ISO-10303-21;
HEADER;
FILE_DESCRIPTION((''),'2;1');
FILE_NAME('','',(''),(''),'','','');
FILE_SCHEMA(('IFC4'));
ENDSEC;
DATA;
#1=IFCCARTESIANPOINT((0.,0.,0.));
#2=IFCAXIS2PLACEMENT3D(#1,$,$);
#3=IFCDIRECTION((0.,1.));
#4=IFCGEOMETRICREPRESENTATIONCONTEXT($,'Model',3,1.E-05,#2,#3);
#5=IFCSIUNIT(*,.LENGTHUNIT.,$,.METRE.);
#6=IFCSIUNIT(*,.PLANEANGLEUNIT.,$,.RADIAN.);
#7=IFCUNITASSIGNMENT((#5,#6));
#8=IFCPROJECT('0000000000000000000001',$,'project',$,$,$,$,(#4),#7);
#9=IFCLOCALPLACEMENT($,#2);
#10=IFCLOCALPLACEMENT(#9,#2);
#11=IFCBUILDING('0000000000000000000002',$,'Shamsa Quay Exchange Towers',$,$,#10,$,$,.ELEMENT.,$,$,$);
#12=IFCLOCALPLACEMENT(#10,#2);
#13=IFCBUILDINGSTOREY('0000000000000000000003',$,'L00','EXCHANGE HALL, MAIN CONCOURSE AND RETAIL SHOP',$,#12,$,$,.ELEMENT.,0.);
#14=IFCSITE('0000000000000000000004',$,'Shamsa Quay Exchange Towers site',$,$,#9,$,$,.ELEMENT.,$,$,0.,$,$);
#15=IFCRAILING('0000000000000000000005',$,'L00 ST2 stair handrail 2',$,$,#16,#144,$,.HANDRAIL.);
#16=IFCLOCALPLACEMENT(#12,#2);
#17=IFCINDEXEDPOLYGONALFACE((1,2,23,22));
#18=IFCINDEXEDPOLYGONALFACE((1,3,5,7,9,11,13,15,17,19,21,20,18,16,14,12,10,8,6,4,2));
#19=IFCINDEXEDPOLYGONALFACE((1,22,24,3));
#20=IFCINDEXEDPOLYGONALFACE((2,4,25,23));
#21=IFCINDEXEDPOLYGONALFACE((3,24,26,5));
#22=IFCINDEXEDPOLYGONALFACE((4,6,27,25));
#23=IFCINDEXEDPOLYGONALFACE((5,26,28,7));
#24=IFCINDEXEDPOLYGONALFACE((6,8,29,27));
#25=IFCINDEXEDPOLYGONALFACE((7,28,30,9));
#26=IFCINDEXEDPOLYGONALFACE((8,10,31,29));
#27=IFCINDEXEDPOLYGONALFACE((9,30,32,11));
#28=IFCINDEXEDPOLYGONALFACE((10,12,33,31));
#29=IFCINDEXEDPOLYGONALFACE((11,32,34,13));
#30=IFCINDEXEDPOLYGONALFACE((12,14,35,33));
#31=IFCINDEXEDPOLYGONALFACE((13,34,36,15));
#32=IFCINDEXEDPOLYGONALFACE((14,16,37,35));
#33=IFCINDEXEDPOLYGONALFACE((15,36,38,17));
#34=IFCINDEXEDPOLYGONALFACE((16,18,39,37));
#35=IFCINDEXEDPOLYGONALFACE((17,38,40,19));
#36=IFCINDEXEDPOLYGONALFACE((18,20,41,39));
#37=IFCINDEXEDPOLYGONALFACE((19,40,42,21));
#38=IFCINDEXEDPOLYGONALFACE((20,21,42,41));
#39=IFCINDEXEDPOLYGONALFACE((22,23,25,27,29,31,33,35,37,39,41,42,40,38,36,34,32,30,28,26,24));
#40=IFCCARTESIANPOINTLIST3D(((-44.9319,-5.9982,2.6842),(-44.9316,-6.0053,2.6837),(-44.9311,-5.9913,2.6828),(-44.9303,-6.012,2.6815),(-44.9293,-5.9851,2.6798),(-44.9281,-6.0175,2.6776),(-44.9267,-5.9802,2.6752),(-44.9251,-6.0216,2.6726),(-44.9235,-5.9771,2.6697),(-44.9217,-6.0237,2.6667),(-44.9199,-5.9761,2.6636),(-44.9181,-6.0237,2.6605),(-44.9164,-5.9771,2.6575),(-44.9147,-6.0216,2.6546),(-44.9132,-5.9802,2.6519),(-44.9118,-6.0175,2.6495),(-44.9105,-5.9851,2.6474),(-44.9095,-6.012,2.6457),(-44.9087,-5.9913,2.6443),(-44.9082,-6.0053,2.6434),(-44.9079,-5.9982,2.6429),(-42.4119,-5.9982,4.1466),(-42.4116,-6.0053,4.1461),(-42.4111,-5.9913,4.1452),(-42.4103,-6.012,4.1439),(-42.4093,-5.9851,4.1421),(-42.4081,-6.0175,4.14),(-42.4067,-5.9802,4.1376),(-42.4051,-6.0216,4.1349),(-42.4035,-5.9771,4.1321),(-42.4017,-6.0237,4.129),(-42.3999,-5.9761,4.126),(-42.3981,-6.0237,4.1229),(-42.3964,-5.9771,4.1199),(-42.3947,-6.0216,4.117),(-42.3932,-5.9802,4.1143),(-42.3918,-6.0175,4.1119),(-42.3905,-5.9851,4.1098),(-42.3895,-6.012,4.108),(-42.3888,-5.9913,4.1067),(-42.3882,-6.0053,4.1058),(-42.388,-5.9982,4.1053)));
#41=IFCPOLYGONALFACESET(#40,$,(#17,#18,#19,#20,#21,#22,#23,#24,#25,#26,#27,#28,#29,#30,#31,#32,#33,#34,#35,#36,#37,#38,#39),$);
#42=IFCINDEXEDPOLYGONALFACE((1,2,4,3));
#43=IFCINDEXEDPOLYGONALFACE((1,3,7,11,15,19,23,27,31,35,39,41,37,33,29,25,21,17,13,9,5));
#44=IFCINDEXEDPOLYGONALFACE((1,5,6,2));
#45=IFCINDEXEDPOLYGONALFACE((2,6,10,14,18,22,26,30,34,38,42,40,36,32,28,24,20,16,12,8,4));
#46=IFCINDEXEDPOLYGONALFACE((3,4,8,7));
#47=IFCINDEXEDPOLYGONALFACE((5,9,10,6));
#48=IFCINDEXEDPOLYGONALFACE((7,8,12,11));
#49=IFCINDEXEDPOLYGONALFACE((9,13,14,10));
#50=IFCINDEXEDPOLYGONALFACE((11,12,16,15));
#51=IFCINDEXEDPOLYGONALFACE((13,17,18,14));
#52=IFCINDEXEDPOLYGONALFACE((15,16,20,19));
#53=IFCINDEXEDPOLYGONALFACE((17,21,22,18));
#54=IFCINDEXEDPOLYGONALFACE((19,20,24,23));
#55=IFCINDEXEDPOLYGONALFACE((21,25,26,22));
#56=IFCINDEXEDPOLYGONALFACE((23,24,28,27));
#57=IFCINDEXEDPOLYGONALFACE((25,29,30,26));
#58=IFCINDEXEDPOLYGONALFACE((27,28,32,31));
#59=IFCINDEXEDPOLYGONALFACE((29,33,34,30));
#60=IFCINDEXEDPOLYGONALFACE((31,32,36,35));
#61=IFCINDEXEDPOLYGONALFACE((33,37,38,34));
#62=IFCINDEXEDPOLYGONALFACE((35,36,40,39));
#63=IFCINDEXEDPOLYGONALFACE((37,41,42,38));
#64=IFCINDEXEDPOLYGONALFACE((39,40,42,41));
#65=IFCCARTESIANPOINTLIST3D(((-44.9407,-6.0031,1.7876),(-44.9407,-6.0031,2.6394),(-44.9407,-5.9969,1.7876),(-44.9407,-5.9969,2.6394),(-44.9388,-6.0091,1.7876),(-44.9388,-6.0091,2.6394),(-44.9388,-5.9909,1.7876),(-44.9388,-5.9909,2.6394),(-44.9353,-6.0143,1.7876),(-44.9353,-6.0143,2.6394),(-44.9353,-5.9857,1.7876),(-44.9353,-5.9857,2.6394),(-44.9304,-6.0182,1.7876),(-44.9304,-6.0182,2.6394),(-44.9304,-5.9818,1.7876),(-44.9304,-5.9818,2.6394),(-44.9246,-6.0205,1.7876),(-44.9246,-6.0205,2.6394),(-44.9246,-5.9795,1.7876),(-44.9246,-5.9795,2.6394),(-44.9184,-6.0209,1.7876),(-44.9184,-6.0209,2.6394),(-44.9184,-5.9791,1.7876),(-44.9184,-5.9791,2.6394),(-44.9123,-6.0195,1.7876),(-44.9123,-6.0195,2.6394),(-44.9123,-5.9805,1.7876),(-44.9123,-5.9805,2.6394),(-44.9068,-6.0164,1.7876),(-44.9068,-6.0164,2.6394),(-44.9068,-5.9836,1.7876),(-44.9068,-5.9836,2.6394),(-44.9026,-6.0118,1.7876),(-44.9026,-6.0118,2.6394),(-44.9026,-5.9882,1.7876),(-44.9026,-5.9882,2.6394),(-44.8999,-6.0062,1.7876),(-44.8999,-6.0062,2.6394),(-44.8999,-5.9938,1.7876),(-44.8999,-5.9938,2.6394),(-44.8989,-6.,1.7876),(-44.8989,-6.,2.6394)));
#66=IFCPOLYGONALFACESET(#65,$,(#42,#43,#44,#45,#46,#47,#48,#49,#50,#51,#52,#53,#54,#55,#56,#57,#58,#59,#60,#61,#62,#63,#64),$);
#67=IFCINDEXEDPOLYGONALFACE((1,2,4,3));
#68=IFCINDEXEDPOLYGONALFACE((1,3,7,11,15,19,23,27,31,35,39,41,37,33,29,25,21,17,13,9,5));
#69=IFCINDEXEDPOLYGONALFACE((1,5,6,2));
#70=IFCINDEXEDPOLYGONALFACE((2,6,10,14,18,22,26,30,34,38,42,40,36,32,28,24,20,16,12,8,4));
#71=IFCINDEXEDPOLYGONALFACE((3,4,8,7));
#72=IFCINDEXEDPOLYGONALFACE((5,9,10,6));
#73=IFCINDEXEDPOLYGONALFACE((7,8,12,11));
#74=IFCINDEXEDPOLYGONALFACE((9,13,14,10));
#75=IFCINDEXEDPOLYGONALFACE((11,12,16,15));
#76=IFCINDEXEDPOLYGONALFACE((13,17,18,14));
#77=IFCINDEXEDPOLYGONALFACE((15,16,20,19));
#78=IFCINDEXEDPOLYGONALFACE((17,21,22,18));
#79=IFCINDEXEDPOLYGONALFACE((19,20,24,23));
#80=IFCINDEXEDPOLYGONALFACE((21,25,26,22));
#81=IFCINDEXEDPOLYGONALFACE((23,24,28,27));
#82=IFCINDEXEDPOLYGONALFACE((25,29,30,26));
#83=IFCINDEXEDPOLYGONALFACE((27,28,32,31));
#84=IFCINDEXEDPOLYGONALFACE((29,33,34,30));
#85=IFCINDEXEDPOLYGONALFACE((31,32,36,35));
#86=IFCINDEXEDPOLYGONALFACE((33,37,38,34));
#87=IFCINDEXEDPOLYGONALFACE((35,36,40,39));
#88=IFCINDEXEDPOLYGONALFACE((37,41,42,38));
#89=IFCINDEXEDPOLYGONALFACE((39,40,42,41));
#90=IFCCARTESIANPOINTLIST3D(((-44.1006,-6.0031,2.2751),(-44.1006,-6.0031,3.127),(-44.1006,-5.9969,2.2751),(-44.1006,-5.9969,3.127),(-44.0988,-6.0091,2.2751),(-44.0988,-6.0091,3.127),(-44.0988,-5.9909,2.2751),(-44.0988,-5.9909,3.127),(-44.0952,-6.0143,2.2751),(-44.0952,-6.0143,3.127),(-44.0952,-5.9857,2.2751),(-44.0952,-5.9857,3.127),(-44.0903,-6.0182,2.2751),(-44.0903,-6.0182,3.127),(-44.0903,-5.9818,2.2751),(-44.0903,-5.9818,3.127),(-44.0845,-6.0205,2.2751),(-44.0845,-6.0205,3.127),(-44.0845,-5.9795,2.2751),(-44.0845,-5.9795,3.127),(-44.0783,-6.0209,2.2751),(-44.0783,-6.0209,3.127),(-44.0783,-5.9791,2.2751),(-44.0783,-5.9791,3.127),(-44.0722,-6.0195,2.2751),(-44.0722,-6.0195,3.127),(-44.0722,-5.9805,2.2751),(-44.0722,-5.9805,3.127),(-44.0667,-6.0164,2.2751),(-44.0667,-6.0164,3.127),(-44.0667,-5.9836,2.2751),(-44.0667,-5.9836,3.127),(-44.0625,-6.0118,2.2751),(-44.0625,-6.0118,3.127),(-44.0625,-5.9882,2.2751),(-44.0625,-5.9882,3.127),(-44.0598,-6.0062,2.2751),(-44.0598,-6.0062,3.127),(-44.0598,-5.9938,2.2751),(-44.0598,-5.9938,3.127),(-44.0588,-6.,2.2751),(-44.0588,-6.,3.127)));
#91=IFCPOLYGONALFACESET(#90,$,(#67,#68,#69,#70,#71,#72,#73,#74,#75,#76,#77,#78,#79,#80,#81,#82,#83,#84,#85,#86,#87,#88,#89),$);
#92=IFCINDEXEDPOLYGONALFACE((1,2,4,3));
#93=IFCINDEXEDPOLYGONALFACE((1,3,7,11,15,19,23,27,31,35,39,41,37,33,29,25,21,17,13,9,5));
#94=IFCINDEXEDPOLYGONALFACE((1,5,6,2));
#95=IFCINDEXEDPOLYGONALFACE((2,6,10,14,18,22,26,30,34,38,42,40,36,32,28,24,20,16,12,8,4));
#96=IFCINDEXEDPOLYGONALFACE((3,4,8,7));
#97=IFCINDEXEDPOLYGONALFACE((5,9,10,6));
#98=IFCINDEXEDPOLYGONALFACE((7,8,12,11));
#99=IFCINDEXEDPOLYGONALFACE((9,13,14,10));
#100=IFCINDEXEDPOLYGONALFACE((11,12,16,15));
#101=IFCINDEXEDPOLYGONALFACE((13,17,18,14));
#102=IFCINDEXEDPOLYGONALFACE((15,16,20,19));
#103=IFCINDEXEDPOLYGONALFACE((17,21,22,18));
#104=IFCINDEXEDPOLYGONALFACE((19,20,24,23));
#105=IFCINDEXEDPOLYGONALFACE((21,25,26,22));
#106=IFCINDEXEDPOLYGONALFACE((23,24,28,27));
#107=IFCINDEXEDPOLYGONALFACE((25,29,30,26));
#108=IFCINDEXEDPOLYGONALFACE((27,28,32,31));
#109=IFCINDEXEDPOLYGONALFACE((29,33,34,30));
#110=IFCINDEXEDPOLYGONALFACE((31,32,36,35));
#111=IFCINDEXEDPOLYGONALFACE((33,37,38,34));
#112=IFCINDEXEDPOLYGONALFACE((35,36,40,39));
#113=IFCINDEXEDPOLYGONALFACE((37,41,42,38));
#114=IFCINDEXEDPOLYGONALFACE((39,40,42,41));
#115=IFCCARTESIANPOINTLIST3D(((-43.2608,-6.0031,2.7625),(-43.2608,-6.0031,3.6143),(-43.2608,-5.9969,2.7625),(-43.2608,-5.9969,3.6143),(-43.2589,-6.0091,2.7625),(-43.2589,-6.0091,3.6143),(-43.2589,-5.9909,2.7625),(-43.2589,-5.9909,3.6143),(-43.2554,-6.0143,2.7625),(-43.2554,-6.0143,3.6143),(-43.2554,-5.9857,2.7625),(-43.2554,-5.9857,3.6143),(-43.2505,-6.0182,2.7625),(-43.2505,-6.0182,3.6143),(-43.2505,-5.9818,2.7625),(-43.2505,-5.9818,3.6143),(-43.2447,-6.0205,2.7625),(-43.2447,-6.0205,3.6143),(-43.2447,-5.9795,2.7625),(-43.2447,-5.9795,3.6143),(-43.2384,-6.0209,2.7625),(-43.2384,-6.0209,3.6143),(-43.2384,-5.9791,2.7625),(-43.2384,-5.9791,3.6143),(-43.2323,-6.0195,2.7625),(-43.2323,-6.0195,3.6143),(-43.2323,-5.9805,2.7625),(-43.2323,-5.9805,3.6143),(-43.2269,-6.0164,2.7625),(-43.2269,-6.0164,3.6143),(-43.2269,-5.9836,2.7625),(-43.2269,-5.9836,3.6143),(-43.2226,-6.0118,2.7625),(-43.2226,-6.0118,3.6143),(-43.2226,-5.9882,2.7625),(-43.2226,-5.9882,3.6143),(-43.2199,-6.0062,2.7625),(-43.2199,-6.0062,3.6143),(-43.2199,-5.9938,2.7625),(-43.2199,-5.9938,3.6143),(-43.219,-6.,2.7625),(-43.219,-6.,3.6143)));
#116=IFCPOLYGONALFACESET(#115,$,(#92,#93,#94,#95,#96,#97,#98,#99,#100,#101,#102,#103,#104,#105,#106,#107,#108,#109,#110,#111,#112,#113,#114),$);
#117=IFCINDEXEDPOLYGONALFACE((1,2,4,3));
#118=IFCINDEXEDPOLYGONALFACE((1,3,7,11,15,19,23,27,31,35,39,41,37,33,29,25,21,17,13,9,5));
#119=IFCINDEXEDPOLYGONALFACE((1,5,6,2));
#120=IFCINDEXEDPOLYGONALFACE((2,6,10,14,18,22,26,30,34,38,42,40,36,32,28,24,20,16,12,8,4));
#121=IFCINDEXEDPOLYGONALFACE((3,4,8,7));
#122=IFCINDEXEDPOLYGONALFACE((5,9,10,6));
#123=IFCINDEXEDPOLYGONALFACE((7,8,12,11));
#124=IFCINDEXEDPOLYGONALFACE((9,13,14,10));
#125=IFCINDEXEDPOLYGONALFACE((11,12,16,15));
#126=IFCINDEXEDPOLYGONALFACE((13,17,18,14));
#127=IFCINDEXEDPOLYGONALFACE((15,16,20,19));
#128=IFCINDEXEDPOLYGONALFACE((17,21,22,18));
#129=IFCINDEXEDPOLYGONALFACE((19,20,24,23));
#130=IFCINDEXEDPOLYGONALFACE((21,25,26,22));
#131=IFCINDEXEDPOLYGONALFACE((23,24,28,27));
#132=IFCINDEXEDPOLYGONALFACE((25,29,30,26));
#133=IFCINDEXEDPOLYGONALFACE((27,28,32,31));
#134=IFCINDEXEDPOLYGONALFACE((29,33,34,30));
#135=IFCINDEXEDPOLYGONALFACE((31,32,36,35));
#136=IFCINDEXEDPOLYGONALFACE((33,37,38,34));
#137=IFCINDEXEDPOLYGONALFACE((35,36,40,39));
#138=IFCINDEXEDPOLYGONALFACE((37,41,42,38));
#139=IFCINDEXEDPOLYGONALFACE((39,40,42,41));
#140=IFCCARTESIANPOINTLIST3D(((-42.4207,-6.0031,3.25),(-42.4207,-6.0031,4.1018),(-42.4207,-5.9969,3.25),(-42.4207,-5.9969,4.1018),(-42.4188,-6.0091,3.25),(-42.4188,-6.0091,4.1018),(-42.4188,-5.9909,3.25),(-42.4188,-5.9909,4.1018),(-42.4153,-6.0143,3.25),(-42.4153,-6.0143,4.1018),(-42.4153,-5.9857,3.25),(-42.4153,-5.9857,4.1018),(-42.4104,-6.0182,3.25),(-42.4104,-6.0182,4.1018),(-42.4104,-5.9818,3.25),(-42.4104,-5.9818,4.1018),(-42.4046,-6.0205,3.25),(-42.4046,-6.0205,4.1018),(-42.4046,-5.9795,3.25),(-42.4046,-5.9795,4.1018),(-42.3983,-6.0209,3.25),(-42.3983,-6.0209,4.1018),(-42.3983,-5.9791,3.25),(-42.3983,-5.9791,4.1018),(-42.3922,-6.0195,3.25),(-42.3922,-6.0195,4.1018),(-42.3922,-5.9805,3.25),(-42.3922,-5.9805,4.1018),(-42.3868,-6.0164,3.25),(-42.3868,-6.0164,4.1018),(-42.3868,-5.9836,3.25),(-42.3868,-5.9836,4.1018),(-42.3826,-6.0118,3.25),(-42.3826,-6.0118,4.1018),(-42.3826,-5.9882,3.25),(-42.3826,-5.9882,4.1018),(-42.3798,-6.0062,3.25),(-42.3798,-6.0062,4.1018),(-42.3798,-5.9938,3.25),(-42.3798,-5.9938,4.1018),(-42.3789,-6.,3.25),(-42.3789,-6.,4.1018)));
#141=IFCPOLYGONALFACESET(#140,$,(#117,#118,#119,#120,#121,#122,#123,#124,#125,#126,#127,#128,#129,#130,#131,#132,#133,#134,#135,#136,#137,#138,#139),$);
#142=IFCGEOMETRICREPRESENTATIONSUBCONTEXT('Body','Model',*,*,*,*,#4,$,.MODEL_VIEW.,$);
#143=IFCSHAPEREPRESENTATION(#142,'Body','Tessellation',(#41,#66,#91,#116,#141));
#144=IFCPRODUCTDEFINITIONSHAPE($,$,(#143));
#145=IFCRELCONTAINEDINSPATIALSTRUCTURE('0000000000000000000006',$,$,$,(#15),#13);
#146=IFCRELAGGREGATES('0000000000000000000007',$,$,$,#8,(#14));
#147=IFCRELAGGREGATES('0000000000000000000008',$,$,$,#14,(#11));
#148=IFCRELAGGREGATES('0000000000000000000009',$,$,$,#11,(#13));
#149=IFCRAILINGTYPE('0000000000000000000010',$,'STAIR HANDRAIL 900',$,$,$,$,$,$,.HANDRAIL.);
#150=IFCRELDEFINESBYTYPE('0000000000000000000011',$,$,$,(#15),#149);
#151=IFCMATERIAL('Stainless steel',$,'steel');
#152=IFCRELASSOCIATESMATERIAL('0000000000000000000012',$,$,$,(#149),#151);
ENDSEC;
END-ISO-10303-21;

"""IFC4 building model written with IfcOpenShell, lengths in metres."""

from ifc_helpers import new_model, si_unit, direction, frame, origin, origin_2d, place, context, subcontext, project, spatial, circle, extrude, material, type_object, element, save


model = new_model("IFC4")

# Units and contexts
model_context = context("Model", 3, precision=1e-05, world=origin(), true_north=direction((0.0, 1.0)))
body_context = subcontext(model_context, "Body", "Model", "MODEL_VIEW")
ifc_project = project(units=[si_unit("LENGTHUNIT", "METRE"), si_unit("PLANEANGLEUNIT", "RADIAN")], contexts=[model_context])

# Site, building, storey
site_placement = place(None, origin())
site = spatial("IfcSite", under=ifc_project, at=site_placement, Name="Shamsa Quay Exchange Towers site", CompositionType="ELEMENT", RefElevation=0.0)
building_placement = place(site_placement, origin())
building = spatial("IfcBuilding", under=site, at=building_placement, Name="Shamsa Quay Exchange Towers", CompositionType="ELEMENT")
storey_placement = place(building_placement, origin())
storey = spatial("IfcBuildingStorey", under=building, at=storey_placement, Name="L00", Description="EXCHANGE HALL, MAIN CONCOURSE AND RETAIL SHOP", CompositionType="ELEMENT", Elevation=0.0)

# Railing
ifc_material_1 = material(Name="Stainless steel", Category="steel")
railing_type = type_object("IfcRailingType", Name="STAIR HANDRAIL 900", PredefinedType="HANDRAIL", material=ifc_material_1)
for number, where, name in (
    (1, (-44.9199, -6.0, 1.7876), "L00 ST2 stair handrail 2"),
):
    element("IfcRailing", number, at=place(storey_placement, frame(where)), inside=storey, type_object=railing_type, Name=name, PredefinedType="HANDRAIL", context=body_context, shape_type="SweptSolid", body=[
        extrude(circle(Radius=0.0239, at=origin_2d()), frame((0.0, 0.0, 0.876), z_axis=(0.864913, 0.0, 0.501921), x_axis=(0.0, 1.0, 0.0)), (0.0, 0.0, 1.0), 2.9136),
        extrude(circle(Radius=0.021, at=origin_2d()), origin(), (0.0, 0.0, 1.0), 0.8518),
        extrude(circle(Radius=0.021, at=origin_2d()), frame((0.8401, 0.0, 0.4875)), (0.0, 0.0, 1.0), 0.8518),
        extrude(circle(Radius=0.021, at=origin_2d()), frame((1.6799, 0.0, 0.9749)), (0.0, 0.0, 1.0), 0.8518),
        extrude(circle(Radius=0.021, at=origin_2d()), frame((2.52, 0.0, 1.4624)), (0.0, 0.0, 1.0), 0.8518),
    ])

save(model, "model.ifc")
